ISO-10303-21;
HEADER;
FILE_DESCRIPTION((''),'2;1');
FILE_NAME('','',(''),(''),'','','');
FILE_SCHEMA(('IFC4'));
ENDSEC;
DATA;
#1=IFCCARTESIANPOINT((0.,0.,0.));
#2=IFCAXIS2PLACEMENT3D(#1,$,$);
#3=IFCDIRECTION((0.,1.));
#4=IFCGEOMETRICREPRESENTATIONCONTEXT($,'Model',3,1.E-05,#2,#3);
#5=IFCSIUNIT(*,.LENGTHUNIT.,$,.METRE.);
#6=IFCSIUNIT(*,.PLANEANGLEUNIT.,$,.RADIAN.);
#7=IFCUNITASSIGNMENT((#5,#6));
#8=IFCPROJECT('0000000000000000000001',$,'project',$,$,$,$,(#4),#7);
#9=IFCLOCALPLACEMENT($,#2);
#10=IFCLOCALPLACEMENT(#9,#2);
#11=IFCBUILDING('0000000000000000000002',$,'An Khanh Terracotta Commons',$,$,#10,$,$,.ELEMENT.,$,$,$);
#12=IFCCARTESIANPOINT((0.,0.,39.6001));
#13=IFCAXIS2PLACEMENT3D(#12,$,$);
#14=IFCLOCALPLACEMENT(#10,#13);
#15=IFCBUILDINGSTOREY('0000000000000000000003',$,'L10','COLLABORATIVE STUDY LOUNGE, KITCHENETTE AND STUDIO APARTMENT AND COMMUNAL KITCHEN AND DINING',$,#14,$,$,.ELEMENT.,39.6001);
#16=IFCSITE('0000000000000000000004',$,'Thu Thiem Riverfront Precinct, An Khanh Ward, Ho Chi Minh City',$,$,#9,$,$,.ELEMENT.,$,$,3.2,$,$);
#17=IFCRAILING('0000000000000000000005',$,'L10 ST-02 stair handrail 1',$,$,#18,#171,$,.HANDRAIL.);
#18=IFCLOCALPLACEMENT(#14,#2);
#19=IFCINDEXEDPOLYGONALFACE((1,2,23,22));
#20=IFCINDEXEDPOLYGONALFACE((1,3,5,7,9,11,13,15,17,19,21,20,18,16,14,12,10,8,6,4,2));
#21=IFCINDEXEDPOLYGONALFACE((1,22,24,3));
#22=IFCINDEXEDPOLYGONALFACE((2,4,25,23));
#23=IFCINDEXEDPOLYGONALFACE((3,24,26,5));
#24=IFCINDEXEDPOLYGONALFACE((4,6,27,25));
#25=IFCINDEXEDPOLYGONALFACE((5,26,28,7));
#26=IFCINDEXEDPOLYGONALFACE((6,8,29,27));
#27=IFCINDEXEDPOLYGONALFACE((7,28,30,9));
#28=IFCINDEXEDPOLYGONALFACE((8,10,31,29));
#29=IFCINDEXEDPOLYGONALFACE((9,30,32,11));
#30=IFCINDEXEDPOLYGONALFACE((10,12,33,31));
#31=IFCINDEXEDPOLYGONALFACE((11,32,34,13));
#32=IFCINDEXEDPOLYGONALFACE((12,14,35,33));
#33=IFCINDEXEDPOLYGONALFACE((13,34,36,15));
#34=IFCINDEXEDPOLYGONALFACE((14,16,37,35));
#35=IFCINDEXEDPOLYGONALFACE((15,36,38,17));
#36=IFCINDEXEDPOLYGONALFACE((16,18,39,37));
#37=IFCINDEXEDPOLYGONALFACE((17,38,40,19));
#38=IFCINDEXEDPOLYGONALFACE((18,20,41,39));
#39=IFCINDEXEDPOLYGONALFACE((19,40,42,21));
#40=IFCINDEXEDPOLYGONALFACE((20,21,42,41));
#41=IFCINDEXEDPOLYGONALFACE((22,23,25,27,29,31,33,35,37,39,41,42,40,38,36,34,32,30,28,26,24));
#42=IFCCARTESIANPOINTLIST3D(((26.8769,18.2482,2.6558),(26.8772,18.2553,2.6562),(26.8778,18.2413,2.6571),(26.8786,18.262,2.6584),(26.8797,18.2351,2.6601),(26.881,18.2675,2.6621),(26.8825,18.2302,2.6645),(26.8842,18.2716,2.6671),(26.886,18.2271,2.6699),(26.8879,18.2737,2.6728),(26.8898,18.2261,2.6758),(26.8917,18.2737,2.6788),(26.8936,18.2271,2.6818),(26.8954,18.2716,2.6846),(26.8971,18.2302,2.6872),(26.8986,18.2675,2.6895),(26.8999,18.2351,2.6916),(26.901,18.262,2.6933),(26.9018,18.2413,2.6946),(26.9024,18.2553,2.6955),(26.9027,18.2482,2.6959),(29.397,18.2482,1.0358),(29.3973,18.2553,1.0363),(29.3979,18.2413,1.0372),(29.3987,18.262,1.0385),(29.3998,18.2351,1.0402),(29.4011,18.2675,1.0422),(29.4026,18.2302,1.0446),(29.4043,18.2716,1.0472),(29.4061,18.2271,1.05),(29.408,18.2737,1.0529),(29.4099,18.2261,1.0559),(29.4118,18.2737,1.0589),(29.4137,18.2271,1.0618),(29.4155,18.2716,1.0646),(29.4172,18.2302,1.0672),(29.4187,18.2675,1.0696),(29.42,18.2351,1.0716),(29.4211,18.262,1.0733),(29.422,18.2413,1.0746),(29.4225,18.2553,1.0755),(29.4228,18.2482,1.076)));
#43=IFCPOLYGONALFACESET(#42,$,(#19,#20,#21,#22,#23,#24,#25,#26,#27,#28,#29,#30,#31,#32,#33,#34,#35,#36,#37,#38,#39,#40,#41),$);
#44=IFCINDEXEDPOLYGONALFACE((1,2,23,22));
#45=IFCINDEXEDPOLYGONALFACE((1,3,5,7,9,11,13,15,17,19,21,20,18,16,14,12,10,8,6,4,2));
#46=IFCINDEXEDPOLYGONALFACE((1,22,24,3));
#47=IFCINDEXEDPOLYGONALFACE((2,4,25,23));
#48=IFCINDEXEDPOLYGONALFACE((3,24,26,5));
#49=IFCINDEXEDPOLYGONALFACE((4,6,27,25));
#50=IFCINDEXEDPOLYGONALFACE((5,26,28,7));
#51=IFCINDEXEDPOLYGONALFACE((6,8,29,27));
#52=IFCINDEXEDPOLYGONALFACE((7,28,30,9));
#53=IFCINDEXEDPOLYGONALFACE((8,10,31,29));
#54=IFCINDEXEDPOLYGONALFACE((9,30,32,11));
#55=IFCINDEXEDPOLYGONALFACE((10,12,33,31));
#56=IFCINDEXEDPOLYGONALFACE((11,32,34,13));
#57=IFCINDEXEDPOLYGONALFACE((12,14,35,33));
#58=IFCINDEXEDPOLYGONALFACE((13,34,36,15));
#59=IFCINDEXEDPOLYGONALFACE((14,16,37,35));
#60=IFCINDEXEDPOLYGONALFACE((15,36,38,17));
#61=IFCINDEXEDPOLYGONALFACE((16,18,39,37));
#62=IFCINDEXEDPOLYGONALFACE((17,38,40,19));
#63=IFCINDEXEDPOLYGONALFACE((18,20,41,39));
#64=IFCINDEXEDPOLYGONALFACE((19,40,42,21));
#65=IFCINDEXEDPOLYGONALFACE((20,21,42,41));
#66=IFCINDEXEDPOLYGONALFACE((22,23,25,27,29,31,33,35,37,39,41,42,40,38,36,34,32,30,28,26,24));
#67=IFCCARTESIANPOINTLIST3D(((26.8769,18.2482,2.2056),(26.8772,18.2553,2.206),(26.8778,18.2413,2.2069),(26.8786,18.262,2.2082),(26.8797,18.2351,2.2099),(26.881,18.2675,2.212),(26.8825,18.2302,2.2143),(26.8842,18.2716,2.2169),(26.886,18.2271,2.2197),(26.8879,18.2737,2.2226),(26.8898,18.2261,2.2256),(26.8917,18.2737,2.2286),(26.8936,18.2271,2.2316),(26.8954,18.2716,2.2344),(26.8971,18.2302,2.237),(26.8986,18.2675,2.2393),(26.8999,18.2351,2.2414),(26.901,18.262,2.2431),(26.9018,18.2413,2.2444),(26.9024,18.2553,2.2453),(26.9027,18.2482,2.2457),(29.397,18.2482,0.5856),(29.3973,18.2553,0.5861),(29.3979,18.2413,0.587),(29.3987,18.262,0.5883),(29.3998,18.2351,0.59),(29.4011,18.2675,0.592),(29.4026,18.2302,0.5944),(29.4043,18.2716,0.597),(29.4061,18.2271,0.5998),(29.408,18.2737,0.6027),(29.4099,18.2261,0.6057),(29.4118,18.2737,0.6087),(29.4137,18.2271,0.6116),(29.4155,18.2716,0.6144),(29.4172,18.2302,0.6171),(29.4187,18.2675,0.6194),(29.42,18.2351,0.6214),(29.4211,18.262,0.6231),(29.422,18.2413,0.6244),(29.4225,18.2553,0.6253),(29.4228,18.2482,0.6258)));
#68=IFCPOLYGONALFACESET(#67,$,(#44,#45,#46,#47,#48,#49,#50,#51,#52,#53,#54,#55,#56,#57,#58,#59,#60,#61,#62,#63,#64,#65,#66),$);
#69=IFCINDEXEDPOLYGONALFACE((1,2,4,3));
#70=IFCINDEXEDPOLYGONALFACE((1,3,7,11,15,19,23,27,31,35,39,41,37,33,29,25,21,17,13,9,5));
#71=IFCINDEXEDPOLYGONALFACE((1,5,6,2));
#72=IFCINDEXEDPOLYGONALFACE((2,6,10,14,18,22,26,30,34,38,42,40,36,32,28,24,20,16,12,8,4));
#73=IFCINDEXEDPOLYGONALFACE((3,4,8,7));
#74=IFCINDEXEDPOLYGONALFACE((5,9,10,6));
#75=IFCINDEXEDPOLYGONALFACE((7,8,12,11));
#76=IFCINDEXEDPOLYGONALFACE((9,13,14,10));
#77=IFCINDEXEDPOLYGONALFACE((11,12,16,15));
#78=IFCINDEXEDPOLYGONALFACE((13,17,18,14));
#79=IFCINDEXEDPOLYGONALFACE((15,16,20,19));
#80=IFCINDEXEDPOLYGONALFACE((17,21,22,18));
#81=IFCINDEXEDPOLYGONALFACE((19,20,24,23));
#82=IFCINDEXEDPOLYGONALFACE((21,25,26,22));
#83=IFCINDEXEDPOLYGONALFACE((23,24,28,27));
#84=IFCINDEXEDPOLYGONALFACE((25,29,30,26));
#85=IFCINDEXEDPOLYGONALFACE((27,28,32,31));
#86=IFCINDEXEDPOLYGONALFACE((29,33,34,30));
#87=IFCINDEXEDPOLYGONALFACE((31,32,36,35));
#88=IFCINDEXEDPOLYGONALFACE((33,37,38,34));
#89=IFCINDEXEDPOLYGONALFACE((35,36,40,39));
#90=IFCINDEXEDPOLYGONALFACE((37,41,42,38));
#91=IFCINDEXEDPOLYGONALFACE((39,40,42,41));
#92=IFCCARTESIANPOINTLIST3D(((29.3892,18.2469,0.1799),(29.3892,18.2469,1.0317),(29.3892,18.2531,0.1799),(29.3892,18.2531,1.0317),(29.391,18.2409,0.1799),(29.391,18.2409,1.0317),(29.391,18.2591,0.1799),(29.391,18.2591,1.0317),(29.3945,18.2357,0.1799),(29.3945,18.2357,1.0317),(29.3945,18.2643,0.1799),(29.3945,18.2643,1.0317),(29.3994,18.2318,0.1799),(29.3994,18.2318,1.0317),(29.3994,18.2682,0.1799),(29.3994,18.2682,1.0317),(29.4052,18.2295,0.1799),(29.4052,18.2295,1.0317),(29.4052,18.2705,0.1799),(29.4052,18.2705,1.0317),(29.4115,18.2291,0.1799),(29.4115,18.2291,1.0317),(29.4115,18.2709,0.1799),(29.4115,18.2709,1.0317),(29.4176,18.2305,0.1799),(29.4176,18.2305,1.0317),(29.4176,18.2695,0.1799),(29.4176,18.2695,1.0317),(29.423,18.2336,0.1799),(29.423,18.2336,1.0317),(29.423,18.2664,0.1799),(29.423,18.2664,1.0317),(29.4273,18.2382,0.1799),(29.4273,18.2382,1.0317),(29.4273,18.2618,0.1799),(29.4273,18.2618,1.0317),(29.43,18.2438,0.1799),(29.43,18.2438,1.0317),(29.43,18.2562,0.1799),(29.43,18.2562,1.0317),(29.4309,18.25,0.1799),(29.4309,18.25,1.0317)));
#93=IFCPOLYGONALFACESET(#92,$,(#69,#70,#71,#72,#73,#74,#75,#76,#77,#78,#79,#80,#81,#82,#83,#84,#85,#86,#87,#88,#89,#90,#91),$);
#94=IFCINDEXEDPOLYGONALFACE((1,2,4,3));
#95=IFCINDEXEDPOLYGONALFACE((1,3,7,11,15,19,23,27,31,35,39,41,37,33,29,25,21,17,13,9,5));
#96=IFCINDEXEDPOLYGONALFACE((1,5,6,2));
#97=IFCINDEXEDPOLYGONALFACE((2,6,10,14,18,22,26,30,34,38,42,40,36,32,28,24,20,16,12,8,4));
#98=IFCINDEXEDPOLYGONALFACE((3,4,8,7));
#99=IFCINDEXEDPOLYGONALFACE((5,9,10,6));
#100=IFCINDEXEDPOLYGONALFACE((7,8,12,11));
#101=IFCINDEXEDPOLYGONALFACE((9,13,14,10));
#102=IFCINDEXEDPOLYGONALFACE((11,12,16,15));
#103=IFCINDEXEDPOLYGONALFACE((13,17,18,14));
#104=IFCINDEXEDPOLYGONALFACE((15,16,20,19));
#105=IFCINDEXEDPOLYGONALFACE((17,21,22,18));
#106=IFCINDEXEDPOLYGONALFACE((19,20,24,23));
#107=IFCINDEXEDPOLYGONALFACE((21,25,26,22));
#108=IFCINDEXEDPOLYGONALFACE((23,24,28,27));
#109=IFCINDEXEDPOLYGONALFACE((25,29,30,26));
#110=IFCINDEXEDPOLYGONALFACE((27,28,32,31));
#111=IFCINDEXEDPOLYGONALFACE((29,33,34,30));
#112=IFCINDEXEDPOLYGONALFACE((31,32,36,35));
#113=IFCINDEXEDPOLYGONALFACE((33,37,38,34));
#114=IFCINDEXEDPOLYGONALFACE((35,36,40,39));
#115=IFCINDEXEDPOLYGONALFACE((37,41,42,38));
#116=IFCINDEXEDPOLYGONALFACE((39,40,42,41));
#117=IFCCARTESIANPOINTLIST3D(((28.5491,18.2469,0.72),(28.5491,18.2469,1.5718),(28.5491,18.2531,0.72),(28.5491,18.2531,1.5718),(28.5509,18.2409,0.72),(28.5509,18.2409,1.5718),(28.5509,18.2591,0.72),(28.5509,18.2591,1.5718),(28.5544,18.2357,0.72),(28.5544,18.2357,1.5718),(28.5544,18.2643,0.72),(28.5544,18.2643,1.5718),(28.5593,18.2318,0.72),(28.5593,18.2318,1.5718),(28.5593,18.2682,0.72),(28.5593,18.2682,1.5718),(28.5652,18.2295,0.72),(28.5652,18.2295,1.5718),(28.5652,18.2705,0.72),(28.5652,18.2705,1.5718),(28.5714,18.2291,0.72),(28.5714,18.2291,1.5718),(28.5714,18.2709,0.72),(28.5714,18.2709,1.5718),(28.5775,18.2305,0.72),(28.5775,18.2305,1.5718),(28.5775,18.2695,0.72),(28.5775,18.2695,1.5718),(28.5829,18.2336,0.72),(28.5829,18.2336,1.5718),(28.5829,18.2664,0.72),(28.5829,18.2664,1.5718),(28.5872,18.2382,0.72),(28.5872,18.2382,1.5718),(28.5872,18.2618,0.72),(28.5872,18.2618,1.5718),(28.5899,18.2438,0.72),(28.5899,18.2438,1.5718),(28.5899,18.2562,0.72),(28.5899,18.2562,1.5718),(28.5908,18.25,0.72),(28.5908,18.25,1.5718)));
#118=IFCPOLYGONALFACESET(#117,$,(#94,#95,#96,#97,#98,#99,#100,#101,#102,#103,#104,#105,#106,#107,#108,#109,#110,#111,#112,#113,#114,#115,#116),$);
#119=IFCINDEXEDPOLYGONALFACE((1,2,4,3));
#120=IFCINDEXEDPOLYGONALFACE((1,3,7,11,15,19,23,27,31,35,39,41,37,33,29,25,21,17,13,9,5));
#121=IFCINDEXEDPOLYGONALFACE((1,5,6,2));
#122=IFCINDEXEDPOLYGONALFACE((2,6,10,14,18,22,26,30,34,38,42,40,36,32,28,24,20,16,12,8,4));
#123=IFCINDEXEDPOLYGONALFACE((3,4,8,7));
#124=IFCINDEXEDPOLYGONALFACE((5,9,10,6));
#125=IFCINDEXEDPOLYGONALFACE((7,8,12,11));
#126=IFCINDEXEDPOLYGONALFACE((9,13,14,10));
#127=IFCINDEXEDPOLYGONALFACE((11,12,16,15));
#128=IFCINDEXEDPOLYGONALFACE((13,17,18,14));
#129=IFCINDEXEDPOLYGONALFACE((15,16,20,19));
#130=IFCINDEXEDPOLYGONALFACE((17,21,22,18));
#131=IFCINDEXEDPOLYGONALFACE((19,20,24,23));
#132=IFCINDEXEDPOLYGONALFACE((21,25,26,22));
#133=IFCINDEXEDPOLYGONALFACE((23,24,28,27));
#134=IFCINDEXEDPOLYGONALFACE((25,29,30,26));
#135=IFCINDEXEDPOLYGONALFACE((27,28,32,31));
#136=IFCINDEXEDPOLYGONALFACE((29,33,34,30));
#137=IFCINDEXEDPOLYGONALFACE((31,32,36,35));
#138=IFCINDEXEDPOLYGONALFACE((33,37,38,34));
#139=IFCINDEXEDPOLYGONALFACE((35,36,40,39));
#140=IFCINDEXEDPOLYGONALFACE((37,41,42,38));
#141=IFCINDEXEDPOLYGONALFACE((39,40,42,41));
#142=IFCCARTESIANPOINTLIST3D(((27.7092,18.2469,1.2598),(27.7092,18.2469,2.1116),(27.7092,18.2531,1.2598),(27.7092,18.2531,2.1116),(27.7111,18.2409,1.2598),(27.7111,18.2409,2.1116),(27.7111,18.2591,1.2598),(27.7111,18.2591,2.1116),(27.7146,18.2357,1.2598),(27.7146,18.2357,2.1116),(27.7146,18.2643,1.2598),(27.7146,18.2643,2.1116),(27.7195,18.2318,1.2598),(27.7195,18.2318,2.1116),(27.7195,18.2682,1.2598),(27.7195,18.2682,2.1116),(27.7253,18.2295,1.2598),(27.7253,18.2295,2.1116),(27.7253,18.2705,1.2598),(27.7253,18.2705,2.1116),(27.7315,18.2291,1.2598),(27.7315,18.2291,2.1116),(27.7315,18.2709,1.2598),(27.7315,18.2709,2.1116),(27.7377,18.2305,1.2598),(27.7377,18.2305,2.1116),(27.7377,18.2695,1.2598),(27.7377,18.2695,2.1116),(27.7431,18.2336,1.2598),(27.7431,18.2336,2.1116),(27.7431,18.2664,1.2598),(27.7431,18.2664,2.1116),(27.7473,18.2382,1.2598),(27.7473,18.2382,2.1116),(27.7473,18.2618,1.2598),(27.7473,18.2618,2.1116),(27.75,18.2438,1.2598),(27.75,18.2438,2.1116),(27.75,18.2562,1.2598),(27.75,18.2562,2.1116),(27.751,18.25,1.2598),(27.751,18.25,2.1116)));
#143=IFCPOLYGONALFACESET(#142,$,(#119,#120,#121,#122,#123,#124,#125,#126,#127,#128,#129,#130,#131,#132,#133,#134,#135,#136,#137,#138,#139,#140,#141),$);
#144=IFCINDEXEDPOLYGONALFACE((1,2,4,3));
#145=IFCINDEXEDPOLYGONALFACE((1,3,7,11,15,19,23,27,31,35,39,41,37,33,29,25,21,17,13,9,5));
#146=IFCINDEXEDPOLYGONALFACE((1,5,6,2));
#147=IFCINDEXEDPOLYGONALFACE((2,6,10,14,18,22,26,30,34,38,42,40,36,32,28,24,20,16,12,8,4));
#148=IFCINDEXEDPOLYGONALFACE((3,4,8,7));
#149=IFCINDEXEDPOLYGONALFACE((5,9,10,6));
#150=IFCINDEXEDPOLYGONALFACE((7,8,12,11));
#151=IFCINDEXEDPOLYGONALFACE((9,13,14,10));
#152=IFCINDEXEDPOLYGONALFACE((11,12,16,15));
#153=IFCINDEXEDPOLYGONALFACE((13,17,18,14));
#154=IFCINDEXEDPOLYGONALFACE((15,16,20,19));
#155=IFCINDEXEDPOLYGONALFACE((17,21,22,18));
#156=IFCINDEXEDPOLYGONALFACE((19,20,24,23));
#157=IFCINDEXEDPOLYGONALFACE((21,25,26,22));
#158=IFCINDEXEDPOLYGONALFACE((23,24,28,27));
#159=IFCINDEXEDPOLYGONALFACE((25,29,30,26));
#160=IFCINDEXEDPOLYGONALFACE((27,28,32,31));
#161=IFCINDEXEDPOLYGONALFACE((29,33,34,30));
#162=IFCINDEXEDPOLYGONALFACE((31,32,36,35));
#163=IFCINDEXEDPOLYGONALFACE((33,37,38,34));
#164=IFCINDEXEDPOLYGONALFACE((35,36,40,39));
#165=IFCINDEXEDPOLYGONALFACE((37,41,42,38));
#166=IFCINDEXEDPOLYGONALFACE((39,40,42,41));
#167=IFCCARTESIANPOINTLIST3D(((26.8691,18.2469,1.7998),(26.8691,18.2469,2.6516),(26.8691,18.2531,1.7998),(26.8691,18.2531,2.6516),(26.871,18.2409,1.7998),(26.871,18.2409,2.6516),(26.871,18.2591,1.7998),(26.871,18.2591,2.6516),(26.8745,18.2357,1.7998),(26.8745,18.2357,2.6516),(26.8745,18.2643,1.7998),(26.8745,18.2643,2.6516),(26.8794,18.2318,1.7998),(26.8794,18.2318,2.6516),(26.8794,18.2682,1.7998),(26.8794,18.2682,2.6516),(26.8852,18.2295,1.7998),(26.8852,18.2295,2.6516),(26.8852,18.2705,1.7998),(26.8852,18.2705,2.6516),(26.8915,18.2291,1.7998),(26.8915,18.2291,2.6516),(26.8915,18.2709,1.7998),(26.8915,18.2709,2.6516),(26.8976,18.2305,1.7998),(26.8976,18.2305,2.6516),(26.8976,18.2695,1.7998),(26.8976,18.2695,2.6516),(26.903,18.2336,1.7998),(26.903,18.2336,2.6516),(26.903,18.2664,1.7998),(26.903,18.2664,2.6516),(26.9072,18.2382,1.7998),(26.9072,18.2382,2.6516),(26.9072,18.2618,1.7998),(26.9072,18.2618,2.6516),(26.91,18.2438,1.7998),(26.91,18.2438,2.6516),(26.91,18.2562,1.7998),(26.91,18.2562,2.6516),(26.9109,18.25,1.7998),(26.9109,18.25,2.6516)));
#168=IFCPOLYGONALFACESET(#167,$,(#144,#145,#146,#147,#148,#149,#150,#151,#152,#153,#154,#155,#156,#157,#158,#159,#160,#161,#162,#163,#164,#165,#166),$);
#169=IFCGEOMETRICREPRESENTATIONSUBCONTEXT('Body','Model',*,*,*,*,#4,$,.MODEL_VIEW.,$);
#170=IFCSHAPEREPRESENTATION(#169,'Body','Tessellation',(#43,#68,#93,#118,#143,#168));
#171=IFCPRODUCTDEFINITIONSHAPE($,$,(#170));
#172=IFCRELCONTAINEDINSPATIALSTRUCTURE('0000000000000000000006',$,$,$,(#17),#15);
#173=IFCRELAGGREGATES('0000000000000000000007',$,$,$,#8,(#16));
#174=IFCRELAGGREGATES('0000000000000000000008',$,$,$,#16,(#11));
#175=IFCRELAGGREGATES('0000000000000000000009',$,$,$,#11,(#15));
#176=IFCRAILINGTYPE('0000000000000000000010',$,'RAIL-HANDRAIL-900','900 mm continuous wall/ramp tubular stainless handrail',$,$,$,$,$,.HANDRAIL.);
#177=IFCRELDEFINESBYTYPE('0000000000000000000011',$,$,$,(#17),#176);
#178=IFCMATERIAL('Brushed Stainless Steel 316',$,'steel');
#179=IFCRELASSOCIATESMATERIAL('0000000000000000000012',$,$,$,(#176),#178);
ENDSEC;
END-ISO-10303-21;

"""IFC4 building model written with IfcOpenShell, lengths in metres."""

from ifc_helpers import new_model, si_unit, direction, frame, origin, origin_2d, place, context, subcontext, project, spatial, circle, extrude, material, type_object, element, save


model = new_model("IFC4")

# Units and contexts
model_context = context("Model", 3, precision=1e-05, world=origin(), true_north=direction((0.0, 1.0)))
body_context = subcontext(model_context, "Body", "Model", "MODEL_VIEW")
ifc_project = project(units=[si_unit("LENGTHUNIT", "METRE"), si_unit("PLANEANGLEUNIT", "RADIAN")], contexts=[model_context])

# Site, building, storey
site_placement = place(None, origin())
site = spatial("IfcSite", under=ifc_project, at=site_placement, Name="Thu Thiem Riverfront Precinct, An Khanh Ward, Ho Chi Minh City", CompositionType="ELEMENT", RefElevation=3.2)
building_placement = place(site_placement, origin())
building = spatial("IfcBuilding", under=site, at=building_placement, Name="An Khanh Terracotta Commons", CompositionType="ELEMENT")
storey_placement = place(building_placement, frame((0.0, 0.0, 39.6001)))
storey = spatial("IfcBuildingStorey", under=building, at=storey_placement, Name="L10", Description="COLLABORATIVE STUDY LOUNGE, KITCHENETTE AND STUDIO APARTMENT AND COMMUNAL KITCHEN AND DINING", CompositionType="ELEMENT", Elevation=39.6001)

# Railing
ifc_material_1 = material(Name="Brushed Stainless Steel 316", Category="steel")
railing_type_1 = type_object("IfcRailingType", Name="RAIL-HANDRAIL-900", Description="900 mm continuous wall/ramp tubular stainless handrail", PredefinedType="HANDRAIL", material=ifc_material_1)
railing_1_placement = place(storey_placement, frame((29.4099, 18.25, 0.1799)))
element("IfcRailing", 1, at=railing_1_placement, inside=storey, type_object=railing_type_1, Name="L10 ST-02 stair handrail 1", PredefinedType="HANDRAIL", context=body_context, shape_type="SweptSolid", body=[
    extrude(circle(Radius=0.0239, at=origin_2d()), frame((0.0, 0.0, 0.876), z_axis=(-0.8412, 0.0, 0.540725), x_axis=(0.0, -1.0, 0.0)), (0.0, 0.0, 1.0), 2.9958),
    extrude(circle(Radius=0.0239, at=origin_2d()), frame((0.0, 0.0, 0.4258), z_axis=(-0.8412, 0.0, 0.540725), x_axis=(0.0, -1.0, 0.0)), (0.0, 0.0, 1.0), 2.9958),
    extrude(circle(Radius=0.021, at=origin_2d()), origin(), (0.0, 0.0, 1.0), 0.8518),
    extrude(circle(Radius=0.021, at=origin_2d()), frame((-0.8401, 0.0, 0.54)), (0.0, 0.0, 1.0), 0.8518),
    extrude(circle(Radius=0.021, at=origin_2d()), frame((-1.6799, 0.0, 1.0798)), (0.0, 0.0, 1.0), 0.8518),
    extrude(circle(Radius=0.021, at=origin_2d()), frame((-2.52, 0.0, 1.6199)), (0.0, 0.0, 1.0), 0.8518),
])

save(model, "model.ifc")
